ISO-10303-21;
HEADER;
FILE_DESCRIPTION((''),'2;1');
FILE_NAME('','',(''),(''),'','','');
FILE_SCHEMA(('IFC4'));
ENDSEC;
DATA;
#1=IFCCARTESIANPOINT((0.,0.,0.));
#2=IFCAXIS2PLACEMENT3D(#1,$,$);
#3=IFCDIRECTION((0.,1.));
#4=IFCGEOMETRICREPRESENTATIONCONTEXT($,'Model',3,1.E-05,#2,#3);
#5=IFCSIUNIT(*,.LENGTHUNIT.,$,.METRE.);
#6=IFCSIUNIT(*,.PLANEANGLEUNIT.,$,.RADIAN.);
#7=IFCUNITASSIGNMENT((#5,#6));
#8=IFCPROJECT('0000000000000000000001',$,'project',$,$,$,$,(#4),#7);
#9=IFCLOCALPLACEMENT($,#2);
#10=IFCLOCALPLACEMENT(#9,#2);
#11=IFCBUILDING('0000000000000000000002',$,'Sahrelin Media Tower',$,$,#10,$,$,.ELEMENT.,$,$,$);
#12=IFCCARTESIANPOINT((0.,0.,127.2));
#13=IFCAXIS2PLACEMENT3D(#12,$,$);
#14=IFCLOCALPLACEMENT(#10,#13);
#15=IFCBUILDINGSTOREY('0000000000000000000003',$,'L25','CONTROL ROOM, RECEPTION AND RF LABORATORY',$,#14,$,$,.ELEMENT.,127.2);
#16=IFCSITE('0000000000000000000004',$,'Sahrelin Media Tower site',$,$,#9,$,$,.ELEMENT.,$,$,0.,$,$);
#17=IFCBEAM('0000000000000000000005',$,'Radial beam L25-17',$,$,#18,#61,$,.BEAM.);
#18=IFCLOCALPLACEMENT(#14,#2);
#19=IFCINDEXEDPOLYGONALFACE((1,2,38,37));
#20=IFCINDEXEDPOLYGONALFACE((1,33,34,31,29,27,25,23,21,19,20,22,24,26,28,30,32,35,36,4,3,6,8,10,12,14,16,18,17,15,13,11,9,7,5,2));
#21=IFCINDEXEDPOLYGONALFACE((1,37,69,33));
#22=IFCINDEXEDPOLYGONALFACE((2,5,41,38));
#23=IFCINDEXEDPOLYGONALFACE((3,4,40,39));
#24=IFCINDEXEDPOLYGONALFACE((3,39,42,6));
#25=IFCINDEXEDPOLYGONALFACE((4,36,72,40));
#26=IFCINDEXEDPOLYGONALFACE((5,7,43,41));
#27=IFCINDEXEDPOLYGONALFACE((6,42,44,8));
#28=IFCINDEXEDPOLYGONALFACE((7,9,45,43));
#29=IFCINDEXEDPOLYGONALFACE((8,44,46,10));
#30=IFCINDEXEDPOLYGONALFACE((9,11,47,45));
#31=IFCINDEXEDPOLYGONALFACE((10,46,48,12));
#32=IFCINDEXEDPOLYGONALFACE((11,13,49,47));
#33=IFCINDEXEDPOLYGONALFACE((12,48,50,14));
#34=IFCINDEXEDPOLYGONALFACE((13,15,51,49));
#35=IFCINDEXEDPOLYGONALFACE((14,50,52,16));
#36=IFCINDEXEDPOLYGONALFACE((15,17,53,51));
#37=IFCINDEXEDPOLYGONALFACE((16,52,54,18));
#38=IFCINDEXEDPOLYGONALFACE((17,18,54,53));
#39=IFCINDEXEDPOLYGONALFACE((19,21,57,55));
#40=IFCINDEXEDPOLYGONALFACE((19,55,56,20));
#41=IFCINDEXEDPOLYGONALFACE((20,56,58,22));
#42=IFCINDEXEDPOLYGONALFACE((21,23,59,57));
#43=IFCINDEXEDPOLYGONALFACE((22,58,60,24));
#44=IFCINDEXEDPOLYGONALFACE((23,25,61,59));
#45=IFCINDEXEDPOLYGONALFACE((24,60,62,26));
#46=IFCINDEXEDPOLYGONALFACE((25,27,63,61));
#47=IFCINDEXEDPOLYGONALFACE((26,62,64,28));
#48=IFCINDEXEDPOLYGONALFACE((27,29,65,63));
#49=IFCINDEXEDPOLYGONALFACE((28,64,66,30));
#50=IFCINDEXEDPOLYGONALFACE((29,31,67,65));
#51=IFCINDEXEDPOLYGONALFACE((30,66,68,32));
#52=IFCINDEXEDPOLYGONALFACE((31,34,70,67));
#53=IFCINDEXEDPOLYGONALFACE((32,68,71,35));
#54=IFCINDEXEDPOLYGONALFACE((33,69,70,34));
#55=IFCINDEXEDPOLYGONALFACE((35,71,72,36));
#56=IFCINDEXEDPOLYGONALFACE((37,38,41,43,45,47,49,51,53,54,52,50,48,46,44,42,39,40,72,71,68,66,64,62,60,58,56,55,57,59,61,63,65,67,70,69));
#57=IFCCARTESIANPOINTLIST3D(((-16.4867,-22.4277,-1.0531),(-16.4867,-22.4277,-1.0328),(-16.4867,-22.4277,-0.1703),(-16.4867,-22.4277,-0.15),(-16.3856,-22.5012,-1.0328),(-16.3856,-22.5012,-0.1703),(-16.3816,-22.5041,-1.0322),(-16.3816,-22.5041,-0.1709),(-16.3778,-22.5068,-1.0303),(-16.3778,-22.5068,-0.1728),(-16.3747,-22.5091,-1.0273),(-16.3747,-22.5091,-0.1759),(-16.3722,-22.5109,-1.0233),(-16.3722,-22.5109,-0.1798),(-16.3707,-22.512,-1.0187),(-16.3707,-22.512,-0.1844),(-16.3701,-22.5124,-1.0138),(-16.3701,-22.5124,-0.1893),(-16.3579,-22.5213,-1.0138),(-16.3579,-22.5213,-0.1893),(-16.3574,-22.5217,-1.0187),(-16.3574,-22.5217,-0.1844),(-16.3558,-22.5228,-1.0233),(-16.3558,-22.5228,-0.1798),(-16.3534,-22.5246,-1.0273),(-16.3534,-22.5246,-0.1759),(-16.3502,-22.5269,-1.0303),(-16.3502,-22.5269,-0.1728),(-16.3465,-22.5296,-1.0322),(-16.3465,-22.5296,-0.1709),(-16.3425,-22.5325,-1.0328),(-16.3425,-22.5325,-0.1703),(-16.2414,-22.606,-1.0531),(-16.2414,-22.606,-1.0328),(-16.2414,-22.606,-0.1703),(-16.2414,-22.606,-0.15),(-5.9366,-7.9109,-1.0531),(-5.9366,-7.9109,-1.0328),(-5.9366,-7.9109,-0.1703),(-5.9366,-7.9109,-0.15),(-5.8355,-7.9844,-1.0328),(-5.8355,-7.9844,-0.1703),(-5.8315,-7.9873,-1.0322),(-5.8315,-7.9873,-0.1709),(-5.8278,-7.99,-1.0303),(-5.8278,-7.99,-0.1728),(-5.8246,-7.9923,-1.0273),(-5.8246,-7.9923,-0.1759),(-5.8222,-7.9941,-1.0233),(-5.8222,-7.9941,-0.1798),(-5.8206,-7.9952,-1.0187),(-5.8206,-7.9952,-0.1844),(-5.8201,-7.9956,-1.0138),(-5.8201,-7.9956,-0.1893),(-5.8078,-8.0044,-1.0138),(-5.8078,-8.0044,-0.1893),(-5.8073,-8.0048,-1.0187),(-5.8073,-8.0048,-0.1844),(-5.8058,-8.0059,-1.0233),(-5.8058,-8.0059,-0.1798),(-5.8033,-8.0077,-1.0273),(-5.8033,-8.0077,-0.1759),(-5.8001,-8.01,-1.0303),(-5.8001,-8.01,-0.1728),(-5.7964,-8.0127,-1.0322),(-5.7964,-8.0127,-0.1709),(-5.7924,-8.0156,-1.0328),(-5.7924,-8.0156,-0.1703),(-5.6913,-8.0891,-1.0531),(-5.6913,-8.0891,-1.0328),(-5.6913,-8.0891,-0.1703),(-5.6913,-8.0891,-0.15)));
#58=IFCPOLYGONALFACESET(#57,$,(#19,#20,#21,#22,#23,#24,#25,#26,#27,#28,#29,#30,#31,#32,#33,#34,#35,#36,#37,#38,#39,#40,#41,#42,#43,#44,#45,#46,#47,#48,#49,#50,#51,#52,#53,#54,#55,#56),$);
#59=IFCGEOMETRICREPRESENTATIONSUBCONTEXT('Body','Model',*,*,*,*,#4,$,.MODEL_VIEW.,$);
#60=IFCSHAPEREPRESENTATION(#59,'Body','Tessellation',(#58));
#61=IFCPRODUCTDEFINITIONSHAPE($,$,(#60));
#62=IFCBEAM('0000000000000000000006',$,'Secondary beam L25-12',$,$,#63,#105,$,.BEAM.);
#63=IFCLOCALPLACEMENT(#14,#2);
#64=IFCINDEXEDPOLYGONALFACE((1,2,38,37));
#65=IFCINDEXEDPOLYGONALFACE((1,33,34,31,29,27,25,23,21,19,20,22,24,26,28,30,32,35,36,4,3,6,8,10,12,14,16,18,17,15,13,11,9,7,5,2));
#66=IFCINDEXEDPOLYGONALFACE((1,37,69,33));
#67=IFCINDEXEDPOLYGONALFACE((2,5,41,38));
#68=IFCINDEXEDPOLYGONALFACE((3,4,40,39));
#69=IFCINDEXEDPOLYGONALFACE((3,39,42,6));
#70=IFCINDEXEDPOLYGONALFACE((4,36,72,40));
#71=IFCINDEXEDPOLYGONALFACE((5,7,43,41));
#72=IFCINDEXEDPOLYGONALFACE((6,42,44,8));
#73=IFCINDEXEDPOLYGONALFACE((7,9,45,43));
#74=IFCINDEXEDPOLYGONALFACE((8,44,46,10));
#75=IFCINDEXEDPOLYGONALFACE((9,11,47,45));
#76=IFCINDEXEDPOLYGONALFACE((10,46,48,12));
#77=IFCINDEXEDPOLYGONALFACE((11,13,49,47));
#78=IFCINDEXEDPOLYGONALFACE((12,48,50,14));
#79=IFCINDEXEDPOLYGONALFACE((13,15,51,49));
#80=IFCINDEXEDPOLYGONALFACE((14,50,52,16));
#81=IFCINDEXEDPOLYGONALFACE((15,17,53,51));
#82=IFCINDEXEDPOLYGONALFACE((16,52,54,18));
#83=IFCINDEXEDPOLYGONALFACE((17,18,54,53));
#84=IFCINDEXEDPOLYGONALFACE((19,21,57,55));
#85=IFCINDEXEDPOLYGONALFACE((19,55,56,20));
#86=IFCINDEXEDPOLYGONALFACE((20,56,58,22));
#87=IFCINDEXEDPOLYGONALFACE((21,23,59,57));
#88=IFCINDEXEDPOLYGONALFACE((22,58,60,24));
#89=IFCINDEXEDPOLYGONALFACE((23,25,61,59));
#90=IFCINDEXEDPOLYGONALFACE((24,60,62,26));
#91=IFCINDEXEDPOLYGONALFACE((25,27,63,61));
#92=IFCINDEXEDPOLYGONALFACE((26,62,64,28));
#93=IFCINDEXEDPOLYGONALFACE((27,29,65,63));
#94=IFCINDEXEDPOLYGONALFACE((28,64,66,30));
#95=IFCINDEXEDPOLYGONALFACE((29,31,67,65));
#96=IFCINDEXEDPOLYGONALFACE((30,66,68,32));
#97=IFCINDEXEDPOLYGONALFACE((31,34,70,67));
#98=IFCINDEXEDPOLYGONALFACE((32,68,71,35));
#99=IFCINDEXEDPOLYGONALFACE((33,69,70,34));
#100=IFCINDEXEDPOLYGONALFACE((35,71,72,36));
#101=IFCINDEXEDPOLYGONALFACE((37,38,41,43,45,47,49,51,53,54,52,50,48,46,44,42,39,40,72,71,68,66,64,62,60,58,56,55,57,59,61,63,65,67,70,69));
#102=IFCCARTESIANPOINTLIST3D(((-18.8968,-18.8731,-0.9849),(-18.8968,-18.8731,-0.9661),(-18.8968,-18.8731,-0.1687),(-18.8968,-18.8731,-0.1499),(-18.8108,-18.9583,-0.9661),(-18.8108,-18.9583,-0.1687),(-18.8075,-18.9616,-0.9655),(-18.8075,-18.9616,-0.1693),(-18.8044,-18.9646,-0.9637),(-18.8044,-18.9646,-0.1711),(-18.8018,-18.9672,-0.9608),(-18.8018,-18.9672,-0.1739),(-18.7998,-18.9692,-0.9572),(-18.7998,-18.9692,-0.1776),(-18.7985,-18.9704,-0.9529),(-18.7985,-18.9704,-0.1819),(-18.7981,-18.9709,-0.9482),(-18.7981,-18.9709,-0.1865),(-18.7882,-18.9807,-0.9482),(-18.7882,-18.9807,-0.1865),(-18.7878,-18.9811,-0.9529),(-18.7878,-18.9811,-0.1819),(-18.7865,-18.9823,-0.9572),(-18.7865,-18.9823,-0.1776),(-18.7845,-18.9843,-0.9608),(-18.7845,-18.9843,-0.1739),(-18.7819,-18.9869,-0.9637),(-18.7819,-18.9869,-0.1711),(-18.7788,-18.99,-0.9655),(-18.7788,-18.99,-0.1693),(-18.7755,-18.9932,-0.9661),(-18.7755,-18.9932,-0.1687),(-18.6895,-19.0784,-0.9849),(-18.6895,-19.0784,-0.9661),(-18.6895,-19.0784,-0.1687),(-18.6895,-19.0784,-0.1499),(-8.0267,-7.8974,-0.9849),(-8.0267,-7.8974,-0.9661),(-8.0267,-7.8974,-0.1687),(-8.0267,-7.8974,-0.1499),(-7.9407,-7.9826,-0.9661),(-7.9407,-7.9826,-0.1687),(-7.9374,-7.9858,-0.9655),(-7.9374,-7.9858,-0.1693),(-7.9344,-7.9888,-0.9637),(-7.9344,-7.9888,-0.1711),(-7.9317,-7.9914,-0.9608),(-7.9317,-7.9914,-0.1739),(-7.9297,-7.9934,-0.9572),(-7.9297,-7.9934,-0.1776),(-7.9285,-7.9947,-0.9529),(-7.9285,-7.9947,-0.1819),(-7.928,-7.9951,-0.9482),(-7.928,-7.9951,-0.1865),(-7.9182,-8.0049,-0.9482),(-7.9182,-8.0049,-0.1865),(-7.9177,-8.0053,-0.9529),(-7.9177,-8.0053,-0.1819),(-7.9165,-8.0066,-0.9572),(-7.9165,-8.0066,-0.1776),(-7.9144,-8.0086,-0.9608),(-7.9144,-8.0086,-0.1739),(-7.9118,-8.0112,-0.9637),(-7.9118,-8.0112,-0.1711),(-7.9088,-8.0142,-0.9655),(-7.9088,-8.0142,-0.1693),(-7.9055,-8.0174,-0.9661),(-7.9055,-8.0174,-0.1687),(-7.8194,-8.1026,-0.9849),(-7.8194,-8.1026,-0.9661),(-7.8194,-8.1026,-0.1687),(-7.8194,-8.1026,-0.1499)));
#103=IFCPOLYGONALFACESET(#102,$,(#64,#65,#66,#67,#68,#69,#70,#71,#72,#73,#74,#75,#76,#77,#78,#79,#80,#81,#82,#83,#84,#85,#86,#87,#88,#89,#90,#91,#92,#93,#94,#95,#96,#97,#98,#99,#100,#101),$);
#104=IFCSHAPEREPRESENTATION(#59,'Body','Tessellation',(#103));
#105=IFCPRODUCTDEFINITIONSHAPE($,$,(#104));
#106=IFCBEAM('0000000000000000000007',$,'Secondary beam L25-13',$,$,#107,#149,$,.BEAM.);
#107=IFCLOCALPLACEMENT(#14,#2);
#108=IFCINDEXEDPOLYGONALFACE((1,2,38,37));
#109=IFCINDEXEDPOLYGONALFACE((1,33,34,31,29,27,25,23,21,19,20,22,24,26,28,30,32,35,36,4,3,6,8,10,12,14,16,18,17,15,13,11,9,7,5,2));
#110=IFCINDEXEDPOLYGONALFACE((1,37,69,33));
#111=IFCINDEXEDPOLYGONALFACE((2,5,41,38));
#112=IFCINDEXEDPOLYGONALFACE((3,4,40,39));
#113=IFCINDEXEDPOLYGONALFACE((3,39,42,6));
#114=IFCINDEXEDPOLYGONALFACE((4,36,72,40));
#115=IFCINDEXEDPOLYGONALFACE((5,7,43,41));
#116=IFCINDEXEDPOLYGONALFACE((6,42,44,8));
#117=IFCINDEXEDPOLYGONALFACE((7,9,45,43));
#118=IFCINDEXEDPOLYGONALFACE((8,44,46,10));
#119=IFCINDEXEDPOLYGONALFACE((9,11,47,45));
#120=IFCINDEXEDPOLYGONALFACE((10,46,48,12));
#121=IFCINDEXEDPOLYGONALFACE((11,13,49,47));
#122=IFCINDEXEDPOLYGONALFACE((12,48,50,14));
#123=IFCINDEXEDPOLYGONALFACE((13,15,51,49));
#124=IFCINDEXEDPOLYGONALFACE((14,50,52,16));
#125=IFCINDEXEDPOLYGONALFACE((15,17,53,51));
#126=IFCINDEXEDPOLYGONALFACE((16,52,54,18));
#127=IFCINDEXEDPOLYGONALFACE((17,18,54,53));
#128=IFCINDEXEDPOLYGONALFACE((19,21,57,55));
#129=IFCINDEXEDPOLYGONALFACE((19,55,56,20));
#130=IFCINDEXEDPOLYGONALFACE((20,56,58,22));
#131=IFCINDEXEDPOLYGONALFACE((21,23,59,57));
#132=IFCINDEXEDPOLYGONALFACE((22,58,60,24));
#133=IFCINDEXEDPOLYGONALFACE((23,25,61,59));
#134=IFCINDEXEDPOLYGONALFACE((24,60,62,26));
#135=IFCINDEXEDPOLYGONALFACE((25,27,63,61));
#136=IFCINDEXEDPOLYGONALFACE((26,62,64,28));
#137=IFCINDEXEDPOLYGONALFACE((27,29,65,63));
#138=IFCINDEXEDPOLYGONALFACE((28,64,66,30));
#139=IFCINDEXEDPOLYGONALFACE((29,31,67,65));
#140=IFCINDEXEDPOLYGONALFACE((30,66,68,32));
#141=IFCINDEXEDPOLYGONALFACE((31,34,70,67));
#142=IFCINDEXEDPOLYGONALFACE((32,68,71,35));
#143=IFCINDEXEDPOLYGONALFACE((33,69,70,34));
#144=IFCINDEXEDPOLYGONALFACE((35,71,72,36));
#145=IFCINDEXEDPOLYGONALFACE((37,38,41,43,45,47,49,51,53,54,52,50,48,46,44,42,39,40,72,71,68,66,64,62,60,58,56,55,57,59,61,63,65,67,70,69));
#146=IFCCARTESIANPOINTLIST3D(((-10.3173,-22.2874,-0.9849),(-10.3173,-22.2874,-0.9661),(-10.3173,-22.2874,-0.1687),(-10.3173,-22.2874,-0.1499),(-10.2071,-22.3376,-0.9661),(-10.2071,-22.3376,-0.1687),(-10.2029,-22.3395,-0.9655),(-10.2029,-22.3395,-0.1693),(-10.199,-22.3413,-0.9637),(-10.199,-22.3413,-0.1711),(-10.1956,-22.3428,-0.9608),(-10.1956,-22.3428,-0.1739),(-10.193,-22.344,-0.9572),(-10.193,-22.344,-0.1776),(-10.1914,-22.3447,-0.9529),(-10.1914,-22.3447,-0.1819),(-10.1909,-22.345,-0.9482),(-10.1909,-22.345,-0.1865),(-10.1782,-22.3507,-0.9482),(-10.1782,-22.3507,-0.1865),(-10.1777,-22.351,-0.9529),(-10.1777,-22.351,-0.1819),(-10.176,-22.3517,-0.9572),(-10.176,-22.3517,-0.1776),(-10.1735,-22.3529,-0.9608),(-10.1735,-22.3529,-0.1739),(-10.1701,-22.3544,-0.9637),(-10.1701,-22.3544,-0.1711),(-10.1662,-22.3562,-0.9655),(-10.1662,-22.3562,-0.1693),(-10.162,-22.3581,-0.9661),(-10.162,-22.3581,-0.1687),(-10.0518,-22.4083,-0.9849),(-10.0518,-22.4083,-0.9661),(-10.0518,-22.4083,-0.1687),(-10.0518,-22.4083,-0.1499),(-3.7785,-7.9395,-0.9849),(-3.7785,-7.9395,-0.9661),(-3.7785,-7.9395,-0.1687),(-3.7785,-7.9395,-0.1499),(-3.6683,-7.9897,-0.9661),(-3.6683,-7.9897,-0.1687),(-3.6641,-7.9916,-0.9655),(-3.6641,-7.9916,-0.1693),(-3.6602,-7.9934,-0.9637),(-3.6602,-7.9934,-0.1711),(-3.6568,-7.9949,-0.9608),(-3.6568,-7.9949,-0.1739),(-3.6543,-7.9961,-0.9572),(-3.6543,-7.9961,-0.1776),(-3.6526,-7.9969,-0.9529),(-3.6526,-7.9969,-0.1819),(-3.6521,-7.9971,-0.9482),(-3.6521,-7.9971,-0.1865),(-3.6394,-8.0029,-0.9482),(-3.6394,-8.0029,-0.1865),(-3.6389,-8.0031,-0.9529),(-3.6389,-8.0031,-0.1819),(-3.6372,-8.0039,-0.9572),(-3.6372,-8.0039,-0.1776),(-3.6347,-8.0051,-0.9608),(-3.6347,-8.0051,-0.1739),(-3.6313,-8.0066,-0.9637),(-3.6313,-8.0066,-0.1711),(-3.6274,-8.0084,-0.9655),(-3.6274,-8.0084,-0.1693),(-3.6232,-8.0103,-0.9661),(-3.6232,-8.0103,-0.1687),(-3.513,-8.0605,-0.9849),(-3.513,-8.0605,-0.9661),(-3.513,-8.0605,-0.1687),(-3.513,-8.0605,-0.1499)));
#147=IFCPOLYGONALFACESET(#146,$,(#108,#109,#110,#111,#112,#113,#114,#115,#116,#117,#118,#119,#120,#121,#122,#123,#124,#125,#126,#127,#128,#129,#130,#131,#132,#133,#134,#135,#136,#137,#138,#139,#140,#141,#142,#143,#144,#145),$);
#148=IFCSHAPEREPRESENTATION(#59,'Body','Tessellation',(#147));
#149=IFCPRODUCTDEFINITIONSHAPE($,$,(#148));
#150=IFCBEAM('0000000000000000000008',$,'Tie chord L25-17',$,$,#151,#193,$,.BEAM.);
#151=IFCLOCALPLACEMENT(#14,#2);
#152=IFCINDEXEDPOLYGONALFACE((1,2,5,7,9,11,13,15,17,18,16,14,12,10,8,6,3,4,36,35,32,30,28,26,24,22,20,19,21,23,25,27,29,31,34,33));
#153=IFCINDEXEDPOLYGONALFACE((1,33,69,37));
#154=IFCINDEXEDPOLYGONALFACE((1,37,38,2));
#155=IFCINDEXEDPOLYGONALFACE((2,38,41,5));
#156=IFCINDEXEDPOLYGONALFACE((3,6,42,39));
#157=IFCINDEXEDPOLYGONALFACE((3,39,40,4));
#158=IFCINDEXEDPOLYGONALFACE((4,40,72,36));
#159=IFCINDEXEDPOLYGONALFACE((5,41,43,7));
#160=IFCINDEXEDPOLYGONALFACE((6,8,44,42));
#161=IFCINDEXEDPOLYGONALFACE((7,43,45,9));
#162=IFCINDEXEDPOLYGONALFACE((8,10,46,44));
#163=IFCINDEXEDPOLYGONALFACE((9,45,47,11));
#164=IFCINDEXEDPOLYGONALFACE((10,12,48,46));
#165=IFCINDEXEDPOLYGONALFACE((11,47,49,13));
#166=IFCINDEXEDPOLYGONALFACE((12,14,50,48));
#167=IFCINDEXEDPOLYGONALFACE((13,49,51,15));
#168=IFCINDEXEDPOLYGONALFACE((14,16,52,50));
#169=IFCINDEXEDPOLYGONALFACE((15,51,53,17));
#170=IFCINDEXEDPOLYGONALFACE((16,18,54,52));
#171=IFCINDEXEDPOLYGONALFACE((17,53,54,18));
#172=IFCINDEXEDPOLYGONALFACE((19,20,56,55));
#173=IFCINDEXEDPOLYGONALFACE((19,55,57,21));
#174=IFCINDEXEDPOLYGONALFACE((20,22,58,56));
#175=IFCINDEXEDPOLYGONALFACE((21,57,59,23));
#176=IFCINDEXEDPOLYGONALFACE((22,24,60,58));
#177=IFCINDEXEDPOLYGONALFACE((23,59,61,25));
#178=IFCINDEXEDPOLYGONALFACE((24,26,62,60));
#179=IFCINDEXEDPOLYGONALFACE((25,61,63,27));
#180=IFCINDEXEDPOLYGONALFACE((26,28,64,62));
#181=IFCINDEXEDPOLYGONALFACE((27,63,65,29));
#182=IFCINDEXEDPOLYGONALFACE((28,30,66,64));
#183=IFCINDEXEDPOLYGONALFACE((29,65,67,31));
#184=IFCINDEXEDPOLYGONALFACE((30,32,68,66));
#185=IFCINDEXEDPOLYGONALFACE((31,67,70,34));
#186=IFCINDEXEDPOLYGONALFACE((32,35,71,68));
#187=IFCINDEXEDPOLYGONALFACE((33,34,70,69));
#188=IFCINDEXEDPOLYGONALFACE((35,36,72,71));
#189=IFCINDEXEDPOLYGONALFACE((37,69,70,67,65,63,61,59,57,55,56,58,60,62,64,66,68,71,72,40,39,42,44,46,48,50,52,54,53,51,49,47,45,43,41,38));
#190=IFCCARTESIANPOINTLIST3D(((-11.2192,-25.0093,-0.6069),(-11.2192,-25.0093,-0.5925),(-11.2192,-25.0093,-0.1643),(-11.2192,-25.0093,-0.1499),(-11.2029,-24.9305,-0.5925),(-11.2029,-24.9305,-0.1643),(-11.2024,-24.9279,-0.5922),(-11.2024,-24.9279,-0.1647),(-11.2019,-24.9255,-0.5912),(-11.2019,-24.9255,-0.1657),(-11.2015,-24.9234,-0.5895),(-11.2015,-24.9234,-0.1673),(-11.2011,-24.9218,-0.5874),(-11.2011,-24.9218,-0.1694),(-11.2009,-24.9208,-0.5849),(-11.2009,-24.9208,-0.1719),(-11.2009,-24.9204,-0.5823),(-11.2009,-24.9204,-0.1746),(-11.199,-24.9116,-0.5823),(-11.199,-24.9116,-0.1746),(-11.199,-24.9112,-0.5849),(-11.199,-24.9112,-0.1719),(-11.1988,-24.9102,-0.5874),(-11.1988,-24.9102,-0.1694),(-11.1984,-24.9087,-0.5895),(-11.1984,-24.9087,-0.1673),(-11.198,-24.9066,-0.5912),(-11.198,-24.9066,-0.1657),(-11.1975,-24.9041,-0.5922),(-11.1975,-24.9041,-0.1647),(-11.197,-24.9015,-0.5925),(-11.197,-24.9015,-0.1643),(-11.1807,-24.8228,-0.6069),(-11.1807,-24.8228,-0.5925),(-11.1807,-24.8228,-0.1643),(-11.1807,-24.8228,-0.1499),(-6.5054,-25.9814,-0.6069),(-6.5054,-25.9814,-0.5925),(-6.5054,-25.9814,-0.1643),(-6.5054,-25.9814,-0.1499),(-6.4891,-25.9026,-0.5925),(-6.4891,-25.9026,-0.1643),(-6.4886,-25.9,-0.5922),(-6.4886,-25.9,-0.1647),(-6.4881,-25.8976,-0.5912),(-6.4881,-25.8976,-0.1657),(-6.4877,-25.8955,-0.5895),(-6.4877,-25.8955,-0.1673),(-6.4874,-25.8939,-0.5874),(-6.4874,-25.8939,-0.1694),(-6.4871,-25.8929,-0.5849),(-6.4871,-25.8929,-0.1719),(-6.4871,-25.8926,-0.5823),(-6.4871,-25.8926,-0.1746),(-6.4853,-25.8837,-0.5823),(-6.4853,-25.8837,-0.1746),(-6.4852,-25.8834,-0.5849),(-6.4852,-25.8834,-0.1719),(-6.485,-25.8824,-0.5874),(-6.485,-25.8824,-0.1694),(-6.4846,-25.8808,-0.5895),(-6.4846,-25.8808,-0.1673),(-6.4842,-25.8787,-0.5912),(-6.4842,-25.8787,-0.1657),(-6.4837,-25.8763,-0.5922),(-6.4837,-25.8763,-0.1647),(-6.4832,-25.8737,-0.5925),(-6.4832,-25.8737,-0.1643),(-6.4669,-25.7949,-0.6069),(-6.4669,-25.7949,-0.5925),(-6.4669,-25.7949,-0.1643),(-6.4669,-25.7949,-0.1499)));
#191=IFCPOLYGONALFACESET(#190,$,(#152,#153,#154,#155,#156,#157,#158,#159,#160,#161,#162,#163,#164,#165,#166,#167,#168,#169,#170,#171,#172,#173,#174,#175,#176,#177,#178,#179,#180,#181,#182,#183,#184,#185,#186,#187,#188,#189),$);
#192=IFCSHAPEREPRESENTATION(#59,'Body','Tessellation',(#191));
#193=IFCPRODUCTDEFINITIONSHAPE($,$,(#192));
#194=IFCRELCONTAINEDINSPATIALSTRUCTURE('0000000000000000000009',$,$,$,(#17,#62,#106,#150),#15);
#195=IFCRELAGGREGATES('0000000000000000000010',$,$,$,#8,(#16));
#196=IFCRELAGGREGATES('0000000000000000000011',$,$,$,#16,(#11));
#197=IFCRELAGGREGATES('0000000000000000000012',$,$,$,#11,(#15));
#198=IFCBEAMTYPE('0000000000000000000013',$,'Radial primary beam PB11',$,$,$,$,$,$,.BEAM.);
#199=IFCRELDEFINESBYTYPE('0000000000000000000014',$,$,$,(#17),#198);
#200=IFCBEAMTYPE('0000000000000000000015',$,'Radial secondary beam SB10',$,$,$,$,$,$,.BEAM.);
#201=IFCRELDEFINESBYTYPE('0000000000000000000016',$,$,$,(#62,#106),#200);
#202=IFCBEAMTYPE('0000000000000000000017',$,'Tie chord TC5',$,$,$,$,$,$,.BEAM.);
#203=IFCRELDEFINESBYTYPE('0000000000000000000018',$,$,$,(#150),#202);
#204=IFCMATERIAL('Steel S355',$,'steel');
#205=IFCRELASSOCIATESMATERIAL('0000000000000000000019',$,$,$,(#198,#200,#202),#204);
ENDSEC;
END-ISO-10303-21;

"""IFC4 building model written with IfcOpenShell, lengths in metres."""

from ifc_helpers import new_model, si_unit, direction, frame, origin, origin_2d, place, context, subcontext, project, spatial, i_section, extrude, material, material_profile, profile_set, type_object, element, save


model = new_model("IFC4")

# Units and contexts
model_context = context("Model", 3, precision=1e-05, world=origin(), true_north=direction((0.0, 1.0)))
body_context = subcontext(model_context, "Body", "Model", "MODEL_VIEW")
ifc_project = project(units=[si_unit("LENGTHUNIT", "METRE"), si_unit("PLANEANGLEUNIT", "RADIAN")], contexts=[model_context])

# Site, building, storey
site_placement = place(None, origin())
site = spatial("IfcSite", under=ifc_project, at=site_placement, Name="Sahrelin Media Tower site", CompositionType="ELEMENT", RefElevation=0.0)
building_placement = place(site_placement, origin())
building = spatial("IfcBuilding", under=site, at=building_placement, Name="Sahrelin Media Tower", CompositionType="ELEMENT")
storey_placement = place(building_placement, frame((0.0, 0.0, 127.2)))
storey = spatial("IfcBuildingStorey", under=building, at=storey_placement, Name="L25", Description="CONTROL ROOM, RECEPTION AND RF LABORATORY", CompositionType="ELEMENT", Elevation=127.2)

# Shared definitions
ifc_material_1 = material(Name="Steel S355", Category="steel")

# Beams
ifc_material_profile_1 = material_profile(ifc_material_1, i_section(OverallWidth=0.3032, OverallDepth=0.9031, WebThickness=0.0151, FlangeThickness=0.0203, FilletRadius=0.019, at=origin_2d()), Name="UB 914x305x201")
ifc_profile_set_1 = profile_set([ifc_material_profile_1], Name="Steel S355")
beam_type_1 = type_object("IfcBeamType", Name="Radial primary beam PB11", PredefinedType="BEAM", material=ifc_profile_set_1)
beam_1_placement = place(storey_placement, frame((-5.814, -8.0, -0.6016), z_axis=(-0.587893, -0.808939, 0.0), x_axis=(0.808939, -0.587893, 0.0)))
element("IfcBeam", 1, at=beam_1_placement, inside=storey, type_object=beam_type_1, Name="Radial beam L25-17", PredefinedType="BEAM", context=body_context, shape_type="SweptSolid", body=[
    extrude(i_section(OverallWidth=0.3032, OverallDepth=0.9031, WebThickness=0.0151, FlangeThickness=0.0203, FilletRadius=0.019, at=origin_2d()), origin(), (0.0, 0.0, 1.0), 17.9456),
])
ifc_material_profile_2 = material_profile(ifc_material_1, i_section(OverallWidth=0.2917, OverallDepth=0.835, WebThickness=0.0139, FlangeThickness=0.0188, FilletRadius=0.0178, at=origin_2d()), Name="UB 838x292x176")
ifc_profile_set_2 = profile_set([ifc_material_profile_2], Name="Steel S355")
beam_type_2 = type_object("IfcBeamType", Name="Radial secondary beam SB10", PredefinedType="BEAM", material=ifc_profile_set_2)
beam_2_placement = place(storey_placement, frame((-7.9231, -8.0, -0.5674), z_axis=(-0.703677, -0.71052, 0.0), x_axis=(0.71052, -0.703677, 0.0)))
element("IfcBeam", 2, at=beam_2_placement, inside=storey, type_object=beam_type_2, Name="Secondary beam L25-12", PredefinedType="BEAM", context=body_context, shape_type="SweptSolid", body=[
    extrude(i_section(OverallWidth=0.2917, OverallDepth=0.835, WebThickness=0.0139, FlangeThickness=0.0188, FilletRadius=0.0178, at=origin_2d()), origin(), (0.0, 0.0, 1.0), 15.4475),
])
beam_3_placement = place(storey_placement, frame((-3.6458, -8.0, -0.5674), z_axis=(-0.414699, -0.909959, 0.0), x_axis=(0.909959, -0.414699, 0.0)))
element("IfcBeam", 3, at=beam_3_placement, inside=storey, type_object=beam_type_2, Name="Secondary beam L25-13", PredefinedType="BEAM", context=body_context, shape_type="SweptSolid", body=[
    extrude(i_section(OverallWidth=0.2917, OverallDepth=0.835, WebThickness=0.0139, FlangeThickness=0.0188, FilletRadius=0.0178, at=origin_2d()), origin(), (0.0, 0.0, 1.0), 15.7676),
])
ifc_material_profile_3 = material_profile(ifc_material_1, i_section(OverallWidth=0.1904, OverallDepth=0.457, WebThickness=0.009, FlangeThickness=0.0144, FilletRadius=0.0103, at=origin_2d()), Name="UB 457x191x74")
ifc_profile_set_3 = profile_set([ifc_material_profile_3], Name="Steel S355")
beam_type_3 = type_object("IfcBeamType", Name="Tie chord TC5", PredefinedType="BEAM", material=ifc_profile_set_3)
beam_4_placement = place(storey_placement, frame((-11.2, -24.916, -0.3784), z_axis=(0.979389, -0.201985, 0.0), x_axis=(0.201985, 0.979389, 0.0)))
element("IfcBeam", 4, at=beam_4_placement, inside=storey, type_object=beam_type_3, Name="Tie chord L25-17", PredefinedType="BEAM", context=body_context, shape_type="SweptSolid", body=[
    extrude(i_section(OverallWidth=0.1904, OverallDepth=0.457, WebThickness=0.009, FlangeThickness=0.0144, FilletRadius=0.0103, at=origin_2d()), origin(), (0.0, 0.0, 1.0), 4.813),
])

save(model, "model.ifc")
